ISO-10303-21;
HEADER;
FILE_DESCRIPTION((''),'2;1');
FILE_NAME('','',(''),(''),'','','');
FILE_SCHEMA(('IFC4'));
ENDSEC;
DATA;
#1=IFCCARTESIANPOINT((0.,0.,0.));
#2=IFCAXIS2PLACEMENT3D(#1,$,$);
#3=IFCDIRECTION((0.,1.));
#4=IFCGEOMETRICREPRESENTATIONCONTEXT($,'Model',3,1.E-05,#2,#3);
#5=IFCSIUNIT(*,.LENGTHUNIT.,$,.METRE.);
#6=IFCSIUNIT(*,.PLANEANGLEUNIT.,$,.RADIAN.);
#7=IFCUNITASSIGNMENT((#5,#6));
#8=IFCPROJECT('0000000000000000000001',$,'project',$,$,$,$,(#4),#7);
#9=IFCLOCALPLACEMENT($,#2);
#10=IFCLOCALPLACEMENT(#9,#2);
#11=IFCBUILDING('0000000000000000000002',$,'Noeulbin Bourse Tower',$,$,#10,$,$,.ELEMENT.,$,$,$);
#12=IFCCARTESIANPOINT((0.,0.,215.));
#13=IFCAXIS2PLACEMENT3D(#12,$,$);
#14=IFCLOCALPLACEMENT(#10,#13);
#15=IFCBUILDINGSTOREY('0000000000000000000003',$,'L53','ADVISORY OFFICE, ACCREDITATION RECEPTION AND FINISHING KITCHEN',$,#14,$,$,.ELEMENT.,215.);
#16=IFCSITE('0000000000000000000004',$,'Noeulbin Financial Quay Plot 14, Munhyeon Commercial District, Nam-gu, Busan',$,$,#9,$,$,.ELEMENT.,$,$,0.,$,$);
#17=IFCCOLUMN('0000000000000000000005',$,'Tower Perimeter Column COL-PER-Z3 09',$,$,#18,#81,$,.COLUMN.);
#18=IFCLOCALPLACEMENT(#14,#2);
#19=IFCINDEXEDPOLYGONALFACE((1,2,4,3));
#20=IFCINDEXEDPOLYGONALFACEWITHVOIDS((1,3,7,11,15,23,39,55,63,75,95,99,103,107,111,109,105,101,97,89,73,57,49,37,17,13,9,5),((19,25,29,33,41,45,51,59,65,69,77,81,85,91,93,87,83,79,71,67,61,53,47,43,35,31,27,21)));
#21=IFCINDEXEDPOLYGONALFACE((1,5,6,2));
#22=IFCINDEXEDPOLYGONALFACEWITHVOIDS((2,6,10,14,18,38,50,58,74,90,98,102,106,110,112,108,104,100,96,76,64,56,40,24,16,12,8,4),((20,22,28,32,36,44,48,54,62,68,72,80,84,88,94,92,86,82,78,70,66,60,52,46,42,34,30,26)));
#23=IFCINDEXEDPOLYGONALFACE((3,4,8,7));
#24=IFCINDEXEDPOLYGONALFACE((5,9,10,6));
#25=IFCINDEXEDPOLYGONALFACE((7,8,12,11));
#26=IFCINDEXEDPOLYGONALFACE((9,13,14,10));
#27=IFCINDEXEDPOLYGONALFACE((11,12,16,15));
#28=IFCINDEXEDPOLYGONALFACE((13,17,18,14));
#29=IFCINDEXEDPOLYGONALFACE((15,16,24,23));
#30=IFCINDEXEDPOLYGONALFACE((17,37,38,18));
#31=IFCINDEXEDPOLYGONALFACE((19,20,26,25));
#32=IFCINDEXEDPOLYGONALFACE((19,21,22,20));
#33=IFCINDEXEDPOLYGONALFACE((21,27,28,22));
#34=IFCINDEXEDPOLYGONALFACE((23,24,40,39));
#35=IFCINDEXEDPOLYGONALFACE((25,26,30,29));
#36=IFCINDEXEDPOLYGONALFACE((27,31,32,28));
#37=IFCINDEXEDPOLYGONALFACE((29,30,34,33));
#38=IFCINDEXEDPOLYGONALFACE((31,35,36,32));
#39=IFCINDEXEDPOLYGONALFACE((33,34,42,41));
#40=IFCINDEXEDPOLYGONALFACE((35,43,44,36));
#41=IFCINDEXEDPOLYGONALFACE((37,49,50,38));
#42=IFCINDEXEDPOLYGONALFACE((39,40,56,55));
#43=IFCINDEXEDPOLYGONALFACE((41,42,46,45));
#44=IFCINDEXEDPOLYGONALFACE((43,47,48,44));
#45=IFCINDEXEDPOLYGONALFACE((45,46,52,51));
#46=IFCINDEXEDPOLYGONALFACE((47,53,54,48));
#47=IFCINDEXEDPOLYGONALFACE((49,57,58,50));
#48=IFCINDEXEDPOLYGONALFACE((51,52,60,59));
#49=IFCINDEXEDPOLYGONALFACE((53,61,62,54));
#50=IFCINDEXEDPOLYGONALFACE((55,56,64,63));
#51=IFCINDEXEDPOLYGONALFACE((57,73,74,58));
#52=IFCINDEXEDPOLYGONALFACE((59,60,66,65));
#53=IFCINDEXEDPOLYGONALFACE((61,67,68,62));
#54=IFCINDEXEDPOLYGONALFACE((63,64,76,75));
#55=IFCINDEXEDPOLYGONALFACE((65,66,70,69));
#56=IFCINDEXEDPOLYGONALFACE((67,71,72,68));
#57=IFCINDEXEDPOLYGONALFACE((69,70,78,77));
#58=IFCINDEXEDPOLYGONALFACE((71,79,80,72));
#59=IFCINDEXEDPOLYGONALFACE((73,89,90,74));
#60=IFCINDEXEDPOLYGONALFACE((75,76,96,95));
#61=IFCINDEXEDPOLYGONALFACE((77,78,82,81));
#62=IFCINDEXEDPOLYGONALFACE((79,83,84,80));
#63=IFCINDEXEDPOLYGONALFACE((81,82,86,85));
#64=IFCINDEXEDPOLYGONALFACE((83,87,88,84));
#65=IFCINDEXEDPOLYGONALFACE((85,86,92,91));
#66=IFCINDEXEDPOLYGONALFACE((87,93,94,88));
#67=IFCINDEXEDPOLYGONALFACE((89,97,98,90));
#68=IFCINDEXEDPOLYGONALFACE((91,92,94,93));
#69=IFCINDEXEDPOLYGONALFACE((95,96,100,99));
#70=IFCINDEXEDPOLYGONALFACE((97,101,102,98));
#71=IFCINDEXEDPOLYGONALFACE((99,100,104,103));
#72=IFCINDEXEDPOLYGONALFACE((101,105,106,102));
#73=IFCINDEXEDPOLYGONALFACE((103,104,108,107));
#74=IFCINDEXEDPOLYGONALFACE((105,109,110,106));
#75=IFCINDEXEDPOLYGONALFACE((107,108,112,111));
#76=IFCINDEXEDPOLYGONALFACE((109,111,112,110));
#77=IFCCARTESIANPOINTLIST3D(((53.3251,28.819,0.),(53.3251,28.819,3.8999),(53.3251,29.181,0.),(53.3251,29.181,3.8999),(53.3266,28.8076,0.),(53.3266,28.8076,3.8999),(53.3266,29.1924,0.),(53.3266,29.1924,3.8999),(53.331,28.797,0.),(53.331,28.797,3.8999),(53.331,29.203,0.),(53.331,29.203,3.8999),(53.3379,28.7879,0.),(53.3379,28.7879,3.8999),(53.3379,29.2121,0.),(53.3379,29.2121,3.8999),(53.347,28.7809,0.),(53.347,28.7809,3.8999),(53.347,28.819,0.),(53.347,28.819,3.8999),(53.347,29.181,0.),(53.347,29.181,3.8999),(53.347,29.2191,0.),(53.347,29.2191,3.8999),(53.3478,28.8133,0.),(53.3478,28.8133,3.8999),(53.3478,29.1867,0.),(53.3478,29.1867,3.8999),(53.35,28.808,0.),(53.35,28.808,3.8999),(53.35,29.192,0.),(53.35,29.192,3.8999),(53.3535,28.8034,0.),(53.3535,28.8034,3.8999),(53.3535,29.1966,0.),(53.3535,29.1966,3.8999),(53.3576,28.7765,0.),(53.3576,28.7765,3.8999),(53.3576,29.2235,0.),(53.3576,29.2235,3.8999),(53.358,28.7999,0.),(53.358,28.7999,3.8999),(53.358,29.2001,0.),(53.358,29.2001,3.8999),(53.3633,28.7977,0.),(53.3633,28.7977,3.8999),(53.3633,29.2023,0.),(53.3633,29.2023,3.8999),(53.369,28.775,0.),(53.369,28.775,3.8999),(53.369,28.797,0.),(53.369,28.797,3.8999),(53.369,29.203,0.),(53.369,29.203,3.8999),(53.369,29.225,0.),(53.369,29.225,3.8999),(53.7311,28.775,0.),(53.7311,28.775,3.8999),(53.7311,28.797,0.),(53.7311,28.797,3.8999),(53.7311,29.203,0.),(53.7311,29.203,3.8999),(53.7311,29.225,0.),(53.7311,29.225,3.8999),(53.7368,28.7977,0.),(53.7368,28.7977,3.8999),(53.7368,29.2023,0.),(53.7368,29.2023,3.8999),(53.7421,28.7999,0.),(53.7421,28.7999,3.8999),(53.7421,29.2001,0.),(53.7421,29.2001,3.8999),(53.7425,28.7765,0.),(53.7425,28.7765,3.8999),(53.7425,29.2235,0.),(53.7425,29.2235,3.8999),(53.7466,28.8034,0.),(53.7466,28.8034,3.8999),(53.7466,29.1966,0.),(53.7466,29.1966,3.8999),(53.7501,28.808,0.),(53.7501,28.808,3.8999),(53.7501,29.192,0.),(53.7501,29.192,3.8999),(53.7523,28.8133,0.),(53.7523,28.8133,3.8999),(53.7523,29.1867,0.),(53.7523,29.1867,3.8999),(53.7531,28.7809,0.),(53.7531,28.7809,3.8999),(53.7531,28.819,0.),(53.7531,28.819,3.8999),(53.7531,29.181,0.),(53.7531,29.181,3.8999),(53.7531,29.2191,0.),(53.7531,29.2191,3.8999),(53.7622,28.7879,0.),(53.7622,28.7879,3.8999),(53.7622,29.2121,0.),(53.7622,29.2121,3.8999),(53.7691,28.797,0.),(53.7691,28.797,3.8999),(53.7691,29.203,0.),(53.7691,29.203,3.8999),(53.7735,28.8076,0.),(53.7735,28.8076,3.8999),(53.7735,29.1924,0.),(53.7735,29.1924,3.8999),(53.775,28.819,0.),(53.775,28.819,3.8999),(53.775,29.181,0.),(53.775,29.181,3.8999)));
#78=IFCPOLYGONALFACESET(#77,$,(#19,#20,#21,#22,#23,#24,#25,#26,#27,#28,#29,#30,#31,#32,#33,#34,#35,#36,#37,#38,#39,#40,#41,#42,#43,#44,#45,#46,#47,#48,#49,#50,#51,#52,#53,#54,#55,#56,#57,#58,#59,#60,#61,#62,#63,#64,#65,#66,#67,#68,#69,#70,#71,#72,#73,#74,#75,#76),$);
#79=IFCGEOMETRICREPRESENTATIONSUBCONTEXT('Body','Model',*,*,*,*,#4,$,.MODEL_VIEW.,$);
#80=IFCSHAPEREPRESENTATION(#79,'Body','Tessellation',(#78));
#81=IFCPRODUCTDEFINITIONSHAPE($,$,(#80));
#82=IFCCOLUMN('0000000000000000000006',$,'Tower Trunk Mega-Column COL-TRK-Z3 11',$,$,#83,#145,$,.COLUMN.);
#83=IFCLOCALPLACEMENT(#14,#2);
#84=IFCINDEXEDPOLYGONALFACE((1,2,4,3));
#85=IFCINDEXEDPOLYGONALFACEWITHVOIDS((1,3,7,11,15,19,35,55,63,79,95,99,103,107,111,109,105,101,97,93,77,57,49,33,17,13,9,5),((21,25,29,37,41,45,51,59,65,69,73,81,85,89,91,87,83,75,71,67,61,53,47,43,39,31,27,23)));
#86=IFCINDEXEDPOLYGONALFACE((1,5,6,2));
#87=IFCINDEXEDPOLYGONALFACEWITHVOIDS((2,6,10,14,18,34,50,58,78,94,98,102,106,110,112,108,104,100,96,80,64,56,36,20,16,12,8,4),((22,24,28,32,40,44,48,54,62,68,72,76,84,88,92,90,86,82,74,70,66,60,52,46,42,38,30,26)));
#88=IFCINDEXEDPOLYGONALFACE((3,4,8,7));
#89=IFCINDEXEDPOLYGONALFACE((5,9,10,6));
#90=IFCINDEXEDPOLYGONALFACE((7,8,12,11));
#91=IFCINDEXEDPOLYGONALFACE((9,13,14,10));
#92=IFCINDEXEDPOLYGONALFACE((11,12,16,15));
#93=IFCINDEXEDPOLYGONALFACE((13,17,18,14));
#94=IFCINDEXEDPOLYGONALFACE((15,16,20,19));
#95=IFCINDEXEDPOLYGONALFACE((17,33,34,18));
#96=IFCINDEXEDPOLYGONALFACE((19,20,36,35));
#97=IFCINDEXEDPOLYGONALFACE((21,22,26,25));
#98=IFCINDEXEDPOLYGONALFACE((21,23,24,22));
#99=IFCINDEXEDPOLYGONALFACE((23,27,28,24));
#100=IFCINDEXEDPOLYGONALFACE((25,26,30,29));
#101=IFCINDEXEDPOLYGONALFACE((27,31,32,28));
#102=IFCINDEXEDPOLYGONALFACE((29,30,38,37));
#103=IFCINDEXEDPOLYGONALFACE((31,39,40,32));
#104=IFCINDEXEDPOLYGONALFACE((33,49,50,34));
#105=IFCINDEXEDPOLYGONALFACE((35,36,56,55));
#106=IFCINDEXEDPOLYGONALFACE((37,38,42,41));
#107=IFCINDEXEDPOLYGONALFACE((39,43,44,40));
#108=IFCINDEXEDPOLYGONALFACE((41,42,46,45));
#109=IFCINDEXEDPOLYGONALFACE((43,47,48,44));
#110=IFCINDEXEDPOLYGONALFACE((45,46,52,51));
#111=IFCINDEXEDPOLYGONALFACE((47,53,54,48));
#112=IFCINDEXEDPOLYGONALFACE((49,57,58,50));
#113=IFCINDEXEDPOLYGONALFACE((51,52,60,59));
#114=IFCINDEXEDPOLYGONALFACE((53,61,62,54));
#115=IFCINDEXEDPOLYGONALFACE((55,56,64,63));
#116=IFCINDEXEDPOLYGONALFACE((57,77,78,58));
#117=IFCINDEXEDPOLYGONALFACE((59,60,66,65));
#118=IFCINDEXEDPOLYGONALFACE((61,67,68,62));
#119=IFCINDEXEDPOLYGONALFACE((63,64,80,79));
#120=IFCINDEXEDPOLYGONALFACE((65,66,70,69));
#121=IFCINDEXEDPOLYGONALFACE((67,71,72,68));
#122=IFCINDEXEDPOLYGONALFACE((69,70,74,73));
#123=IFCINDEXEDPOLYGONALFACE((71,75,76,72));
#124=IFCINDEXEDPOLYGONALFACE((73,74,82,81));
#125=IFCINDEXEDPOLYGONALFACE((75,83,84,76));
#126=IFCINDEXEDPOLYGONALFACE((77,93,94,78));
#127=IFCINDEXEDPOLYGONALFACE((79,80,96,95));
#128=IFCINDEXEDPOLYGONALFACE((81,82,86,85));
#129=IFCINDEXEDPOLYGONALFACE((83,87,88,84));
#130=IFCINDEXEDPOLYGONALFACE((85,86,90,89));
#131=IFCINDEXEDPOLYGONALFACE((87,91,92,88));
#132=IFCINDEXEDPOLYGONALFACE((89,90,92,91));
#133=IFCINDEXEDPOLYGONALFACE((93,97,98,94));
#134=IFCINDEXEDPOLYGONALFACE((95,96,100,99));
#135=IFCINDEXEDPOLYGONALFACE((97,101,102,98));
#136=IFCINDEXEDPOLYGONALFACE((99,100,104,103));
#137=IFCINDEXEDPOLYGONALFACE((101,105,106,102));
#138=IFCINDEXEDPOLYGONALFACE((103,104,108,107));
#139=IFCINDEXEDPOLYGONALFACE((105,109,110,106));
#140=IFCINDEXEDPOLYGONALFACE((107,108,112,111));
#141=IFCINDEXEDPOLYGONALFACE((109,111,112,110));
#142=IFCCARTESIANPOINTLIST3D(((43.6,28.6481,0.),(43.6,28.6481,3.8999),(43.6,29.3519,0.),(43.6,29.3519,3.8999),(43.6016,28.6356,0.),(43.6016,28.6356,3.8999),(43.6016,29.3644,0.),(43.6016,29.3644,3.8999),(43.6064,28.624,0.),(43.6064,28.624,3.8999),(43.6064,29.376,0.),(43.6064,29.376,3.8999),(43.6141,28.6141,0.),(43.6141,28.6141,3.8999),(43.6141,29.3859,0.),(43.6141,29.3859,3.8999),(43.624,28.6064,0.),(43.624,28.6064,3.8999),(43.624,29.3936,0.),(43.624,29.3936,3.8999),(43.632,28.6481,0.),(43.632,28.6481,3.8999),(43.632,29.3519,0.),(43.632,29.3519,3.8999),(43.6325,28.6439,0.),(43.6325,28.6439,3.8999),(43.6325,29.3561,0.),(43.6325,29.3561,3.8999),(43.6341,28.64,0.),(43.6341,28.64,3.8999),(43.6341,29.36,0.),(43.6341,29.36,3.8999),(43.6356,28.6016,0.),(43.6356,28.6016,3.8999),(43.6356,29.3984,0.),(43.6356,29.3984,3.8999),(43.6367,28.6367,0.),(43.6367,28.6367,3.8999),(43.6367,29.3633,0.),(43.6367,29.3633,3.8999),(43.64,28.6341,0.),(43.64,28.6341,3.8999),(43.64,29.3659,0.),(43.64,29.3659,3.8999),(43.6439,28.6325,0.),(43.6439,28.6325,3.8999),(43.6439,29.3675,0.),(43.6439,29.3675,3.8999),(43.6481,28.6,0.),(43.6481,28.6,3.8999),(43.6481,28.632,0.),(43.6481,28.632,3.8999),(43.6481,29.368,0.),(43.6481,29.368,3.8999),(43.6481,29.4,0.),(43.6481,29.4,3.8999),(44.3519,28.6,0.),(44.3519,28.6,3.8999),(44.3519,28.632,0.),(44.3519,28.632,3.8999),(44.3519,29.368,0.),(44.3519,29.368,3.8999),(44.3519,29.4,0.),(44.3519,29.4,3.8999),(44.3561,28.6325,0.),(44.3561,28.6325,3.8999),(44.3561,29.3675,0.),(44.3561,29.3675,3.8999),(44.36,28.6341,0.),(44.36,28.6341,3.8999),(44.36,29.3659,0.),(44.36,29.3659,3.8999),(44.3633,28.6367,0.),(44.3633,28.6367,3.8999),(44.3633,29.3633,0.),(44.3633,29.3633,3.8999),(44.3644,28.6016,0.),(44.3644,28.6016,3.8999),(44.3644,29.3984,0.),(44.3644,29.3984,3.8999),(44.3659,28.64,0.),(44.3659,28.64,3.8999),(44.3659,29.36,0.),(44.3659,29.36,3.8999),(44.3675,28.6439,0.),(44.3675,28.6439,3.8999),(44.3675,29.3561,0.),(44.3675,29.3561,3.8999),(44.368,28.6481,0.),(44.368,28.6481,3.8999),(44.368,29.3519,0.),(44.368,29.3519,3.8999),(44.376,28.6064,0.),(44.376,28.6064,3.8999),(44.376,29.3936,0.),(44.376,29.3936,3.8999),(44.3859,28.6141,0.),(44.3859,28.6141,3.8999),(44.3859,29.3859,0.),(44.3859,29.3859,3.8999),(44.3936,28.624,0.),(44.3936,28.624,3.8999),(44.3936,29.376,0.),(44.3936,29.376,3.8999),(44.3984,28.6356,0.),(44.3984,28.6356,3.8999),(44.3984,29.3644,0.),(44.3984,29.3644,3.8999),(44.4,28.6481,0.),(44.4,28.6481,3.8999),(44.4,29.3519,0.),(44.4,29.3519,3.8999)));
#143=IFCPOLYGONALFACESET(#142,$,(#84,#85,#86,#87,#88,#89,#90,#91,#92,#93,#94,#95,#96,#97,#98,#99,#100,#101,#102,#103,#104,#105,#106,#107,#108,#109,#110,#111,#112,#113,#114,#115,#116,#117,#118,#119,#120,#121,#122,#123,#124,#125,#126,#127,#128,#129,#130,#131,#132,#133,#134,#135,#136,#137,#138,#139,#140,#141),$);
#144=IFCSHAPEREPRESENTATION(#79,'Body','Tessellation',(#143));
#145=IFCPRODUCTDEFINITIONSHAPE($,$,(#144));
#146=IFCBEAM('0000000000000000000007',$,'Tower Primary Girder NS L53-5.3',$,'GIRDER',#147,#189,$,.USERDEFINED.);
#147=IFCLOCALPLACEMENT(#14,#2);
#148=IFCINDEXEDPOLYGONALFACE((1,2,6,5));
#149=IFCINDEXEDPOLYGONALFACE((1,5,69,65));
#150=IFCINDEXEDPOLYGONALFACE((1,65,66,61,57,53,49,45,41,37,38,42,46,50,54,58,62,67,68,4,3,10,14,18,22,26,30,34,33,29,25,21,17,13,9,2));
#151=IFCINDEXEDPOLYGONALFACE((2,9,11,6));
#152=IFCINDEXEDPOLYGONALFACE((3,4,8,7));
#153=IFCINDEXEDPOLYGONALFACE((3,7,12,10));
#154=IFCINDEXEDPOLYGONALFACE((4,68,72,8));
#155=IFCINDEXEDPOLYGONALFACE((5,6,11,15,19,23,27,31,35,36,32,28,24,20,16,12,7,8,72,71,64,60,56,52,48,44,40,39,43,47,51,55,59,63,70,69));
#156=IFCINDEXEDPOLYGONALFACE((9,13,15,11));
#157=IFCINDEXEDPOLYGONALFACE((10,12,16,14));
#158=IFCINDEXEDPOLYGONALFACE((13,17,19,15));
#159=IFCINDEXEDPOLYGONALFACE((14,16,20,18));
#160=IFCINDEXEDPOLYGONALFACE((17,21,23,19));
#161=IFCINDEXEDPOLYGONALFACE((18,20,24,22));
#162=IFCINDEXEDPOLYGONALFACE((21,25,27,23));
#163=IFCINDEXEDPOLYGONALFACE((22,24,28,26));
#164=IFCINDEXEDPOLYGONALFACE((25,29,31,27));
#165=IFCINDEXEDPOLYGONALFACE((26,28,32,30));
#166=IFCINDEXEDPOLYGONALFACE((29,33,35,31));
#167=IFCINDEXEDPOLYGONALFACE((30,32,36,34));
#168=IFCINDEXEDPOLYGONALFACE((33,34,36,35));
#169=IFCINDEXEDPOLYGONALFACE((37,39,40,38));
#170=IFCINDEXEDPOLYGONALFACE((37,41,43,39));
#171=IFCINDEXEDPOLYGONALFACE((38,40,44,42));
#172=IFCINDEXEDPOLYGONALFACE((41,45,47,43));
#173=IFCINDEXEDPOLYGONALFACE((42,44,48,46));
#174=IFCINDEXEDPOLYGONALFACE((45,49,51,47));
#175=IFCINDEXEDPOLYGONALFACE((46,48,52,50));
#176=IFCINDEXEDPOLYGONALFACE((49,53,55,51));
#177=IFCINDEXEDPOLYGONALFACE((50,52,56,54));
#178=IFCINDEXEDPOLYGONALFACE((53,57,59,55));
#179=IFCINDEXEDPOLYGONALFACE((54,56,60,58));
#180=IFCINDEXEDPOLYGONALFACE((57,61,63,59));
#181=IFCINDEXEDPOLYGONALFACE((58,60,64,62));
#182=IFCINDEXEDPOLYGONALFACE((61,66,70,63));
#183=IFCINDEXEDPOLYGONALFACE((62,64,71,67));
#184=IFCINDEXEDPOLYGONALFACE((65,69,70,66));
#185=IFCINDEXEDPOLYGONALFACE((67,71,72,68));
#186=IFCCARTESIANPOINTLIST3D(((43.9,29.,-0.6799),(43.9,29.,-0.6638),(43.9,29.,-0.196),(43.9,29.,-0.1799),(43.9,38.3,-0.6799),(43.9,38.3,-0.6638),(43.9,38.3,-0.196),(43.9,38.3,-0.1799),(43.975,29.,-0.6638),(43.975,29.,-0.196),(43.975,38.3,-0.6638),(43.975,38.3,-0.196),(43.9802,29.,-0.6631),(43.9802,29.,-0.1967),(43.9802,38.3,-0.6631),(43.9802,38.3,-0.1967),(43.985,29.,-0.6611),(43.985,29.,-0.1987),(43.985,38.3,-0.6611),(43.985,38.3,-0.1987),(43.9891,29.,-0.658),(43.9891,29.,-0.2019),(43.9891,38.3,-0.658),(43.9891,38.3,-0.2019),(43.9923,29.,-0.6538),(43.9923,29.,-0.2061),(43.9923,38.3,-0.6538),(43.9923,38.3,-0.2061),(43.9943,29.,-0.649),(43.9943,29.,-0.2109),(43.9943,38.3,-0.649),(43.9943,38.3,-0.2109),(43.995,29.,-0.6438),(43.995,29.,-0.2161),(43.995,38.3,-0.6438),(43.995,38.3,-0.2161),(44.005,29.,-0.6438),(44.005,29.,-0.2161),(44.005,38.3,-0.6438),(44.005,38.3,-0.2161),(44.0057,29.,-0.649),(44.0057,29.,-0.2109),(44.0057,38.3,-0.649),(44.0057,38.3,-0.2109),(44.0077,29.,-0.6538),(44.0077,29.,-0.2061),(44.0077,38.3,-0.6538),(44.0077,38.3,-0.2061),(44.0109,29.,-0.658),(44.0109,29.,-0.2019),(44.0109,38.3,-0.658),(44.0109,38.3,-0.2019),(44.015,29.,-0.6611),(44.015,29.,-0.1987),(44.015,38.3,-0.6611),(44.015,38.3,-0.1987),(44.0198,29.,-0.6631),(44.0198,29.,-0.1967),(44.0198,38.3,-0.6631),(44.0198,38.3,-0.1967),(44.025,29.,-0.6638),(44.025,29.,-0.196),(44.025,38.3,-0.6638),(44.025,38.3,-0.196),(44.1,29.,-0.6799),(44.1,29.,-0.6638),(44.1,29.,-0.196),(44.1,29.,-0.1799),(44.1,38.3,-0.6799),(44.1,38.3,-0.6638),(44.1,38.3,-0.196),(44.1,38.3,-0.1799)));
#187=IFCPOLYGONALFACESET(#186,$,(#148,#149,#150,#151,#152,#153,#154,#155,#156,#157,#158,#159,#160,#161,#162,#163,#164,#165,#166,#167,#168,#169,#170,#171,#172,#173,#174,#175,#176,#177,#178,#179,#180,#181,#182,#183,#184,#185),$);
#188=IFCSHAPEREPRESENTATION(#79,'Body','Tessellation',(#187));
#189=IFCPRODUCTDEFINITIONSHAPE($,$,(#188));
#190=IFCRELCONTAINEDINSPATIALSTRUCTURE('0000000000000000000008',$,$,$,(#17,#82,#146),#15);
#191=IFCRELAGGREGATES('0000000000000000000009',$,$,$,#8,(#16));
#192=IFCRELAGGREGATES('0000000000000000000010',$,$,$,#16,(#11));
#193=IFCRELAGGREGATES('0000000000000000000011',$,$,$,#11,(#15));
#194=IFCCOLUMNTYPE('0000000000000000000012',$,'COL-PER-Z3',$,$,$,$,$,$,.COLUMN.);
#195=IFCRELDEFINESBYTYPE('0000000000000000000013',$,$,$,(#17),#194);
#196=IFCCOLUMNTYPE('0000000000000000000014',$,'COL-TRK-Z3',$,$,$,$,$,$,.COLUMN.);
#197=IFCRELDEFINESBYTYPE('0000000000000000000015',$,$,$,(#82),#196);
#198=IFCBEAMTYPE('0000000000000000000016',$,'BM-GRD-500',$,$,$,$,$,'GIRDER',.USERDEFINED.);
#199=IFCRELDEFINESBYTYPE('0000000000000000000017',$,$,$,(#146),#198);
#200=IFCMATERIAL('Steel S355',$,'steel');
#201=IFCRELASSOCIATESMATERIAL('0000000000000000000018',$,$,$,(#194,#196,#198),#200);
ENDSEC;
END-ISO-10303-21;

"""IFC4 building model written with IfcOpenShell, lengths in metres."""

from ifc_helpers import new_model, si_unit, direction, frame, origin, origin_2d, place, context, subcontext, project, spatial, hollow_rectangle, i_section, extrude, material, material_profile, profile_set, type_object, element, save


model = new_model("IFC4")

# Units and contexts
model_context = context("Model", 3, precision=1e-05, world=origin(), true_north=direction((0.0, 1.0)))
body_context = subcontext(model_context, "Body", "Model", "MODEL_VIEW")
ifc_project = project(units=[si_unit("LENGTHUNIT", "METRE"), si_unit("PLANEANGLEUNIT", "RADIAN")], contexts=[model_context])

# Site, building, storey
site_placement = place(None, origin())
site = spatial("IfcSite", under=ifc_project, at=site_placement, Name="Noeulbin Financial Quay Plot 14, Munhyeon Commercial District, Nam-gu, Busan", CompositionType="ELEMENT", RefElevation=0.0)
building_placement = place(site_placement, origin())
building = spatial("IfcBuilding", under=site, at=building_placement, Name="Noeulbin Bourse Tower", CompositionType="ELEMENT")
storey_placement = place(building_placement, frame((0.0, 0.0, 215.0)))
storey = spatial("IfcBuildingStorey", under=building, at=storey_placement, Name="L53", Description="ADVISORY OFFICE, ACCREDITATION RECEPTION AND FINISHING KITCHEN", CompositionType="ELEMENT", Elevation=215.0)

# Columns
ifc_material_1 = material(Name="Steel S355", Category="steel")
ifc_material_profile_1 = material_profile(ifc_material_1, hollow_rectangle(XDim=0.45, YDim=0.45, WallThickness=0.022, InnerFilletRadius=0.022, OuterFilletRadius=0.0439, at=origin_2d()), Name="SHS-450x450x22", Category="LoadBearing")
ifc_profile_set_1 = profile_set([ifc_material_profile_1], Name="Steel S355")
column_type_1 = type_object("IfcColumnType", Name="COL-PER-Z3", PredefinedType="COLUMN", material=ifc_profile_set_1)
column_1_placement = place(storey_placement, frame((53.55, 29.0, 0.0), z_axis=(0.0, 0.0, 1.0), x_axis=(1.0, 0.0, 0.0)))
element("IfcColumn", 1, at=column_1_placement, inside=storey, type_object=column_type_1, Name="Tower Perimeter Column COL-PER-Z3 09", PredefinedType="COLUMN", context=body_context, shape_type="SweptSolid", body=[
    extrude(hollow_rectangle(XDim=0.45, YDim=0.45, WallThickness=0.022, InnerFilletRadius=0.022, OuterFilletRadius=0.0439, at=origin_2d()), origin(), (0.0, 0.0, 1.0), 3.8999),
])
ifc_material_profile_2 = material_profile(ifc_material_1, hollow_rectangle(XDim=0.8, YDim=0.8, WallThickness=0.032, InnerFilletRadius=0.0161, OuterFilletRadius=0.0481, at=origin_2d()), Name="BOX-800x800x32", Category="LoadBearing")
ifc_profile_set_2 = profile_set([ifc_material_profile_2], Name="Steel S355")
column_type_2 = type_object("IfcColumnType", Name="COL-TRK-Z3", PredefinedType="COLUMN", material=ifc_profile_set_2)
column_2_placement = place(storey_placement, frame((44.0, 29.0, 0.0), z_axis=(0.0, 0.0, 1.0), x_axis=(1.0, 0.0, 0.0)))
element("IfcColumn", 2, at=column_2_placement, inside=storey, type_object=column_type_2, Name="Tower Trunk Mega-Column COL-TRK-Z3 11", PredefinedType="COLUMN", context=body_context, shape_type="SweptSolid", body=[
    extrude(hollow_rectangle(XDim=0.8, YDim=0.8, WallThickness=0.032, InnerFilletRadius=0.0161, OuterFilletRadius=0.0481, at=origin_2d()), origin(), (0.0, 0.0, 1.0), 3.8999),
])

# Beam
ifc_material_profile_3 = material_profile(ifc_material_1, i_section(OverallWidth=0.2, OverallDepth=0.5, WebThickness=0.01, FlangeThickness=0.0161, FilletRadius=0.02, at=origin_2d()), Name="H-500x200x10x16", Category="LoadBearing")
ifc_profile_set_3 = profile_set([ifc_material_profile_3], Name="Steel S355")
beam_type_1 = type_object("IfcBeamType", Name="BM-GRD-500", ElementType="GIRDER", PredefinedType="USERDEFINED", material=ifc_profile_set_3)
beam_1_placement = place(storey_placement, frame((44.0, 29.0, -0.4299), z_axis=(0.0, 1.0, 0.0), x_axis=(-1.0, 0.0, 0.0)))
element("IfcBeam", 3, at=beam_1_placement, inside=storey, type_object=beam_type_1, Name="Tower Primary Girder NS L53-5.3", ObjectType="GIRDER", PredefinedType="USERDEFINED", context=body_context, shape_type="SweptSolid", body=[
    extrude(i_section(OverallWidth=0.2, OverallDepth=0.5, WebThickness=0.01, FlangeThickness=0.0161, FilletRadius=0.02, at=origin_2d()), origin(), (0.0, 0.0, 1.0), 9.3),
])

save(model, "model.ifc")
